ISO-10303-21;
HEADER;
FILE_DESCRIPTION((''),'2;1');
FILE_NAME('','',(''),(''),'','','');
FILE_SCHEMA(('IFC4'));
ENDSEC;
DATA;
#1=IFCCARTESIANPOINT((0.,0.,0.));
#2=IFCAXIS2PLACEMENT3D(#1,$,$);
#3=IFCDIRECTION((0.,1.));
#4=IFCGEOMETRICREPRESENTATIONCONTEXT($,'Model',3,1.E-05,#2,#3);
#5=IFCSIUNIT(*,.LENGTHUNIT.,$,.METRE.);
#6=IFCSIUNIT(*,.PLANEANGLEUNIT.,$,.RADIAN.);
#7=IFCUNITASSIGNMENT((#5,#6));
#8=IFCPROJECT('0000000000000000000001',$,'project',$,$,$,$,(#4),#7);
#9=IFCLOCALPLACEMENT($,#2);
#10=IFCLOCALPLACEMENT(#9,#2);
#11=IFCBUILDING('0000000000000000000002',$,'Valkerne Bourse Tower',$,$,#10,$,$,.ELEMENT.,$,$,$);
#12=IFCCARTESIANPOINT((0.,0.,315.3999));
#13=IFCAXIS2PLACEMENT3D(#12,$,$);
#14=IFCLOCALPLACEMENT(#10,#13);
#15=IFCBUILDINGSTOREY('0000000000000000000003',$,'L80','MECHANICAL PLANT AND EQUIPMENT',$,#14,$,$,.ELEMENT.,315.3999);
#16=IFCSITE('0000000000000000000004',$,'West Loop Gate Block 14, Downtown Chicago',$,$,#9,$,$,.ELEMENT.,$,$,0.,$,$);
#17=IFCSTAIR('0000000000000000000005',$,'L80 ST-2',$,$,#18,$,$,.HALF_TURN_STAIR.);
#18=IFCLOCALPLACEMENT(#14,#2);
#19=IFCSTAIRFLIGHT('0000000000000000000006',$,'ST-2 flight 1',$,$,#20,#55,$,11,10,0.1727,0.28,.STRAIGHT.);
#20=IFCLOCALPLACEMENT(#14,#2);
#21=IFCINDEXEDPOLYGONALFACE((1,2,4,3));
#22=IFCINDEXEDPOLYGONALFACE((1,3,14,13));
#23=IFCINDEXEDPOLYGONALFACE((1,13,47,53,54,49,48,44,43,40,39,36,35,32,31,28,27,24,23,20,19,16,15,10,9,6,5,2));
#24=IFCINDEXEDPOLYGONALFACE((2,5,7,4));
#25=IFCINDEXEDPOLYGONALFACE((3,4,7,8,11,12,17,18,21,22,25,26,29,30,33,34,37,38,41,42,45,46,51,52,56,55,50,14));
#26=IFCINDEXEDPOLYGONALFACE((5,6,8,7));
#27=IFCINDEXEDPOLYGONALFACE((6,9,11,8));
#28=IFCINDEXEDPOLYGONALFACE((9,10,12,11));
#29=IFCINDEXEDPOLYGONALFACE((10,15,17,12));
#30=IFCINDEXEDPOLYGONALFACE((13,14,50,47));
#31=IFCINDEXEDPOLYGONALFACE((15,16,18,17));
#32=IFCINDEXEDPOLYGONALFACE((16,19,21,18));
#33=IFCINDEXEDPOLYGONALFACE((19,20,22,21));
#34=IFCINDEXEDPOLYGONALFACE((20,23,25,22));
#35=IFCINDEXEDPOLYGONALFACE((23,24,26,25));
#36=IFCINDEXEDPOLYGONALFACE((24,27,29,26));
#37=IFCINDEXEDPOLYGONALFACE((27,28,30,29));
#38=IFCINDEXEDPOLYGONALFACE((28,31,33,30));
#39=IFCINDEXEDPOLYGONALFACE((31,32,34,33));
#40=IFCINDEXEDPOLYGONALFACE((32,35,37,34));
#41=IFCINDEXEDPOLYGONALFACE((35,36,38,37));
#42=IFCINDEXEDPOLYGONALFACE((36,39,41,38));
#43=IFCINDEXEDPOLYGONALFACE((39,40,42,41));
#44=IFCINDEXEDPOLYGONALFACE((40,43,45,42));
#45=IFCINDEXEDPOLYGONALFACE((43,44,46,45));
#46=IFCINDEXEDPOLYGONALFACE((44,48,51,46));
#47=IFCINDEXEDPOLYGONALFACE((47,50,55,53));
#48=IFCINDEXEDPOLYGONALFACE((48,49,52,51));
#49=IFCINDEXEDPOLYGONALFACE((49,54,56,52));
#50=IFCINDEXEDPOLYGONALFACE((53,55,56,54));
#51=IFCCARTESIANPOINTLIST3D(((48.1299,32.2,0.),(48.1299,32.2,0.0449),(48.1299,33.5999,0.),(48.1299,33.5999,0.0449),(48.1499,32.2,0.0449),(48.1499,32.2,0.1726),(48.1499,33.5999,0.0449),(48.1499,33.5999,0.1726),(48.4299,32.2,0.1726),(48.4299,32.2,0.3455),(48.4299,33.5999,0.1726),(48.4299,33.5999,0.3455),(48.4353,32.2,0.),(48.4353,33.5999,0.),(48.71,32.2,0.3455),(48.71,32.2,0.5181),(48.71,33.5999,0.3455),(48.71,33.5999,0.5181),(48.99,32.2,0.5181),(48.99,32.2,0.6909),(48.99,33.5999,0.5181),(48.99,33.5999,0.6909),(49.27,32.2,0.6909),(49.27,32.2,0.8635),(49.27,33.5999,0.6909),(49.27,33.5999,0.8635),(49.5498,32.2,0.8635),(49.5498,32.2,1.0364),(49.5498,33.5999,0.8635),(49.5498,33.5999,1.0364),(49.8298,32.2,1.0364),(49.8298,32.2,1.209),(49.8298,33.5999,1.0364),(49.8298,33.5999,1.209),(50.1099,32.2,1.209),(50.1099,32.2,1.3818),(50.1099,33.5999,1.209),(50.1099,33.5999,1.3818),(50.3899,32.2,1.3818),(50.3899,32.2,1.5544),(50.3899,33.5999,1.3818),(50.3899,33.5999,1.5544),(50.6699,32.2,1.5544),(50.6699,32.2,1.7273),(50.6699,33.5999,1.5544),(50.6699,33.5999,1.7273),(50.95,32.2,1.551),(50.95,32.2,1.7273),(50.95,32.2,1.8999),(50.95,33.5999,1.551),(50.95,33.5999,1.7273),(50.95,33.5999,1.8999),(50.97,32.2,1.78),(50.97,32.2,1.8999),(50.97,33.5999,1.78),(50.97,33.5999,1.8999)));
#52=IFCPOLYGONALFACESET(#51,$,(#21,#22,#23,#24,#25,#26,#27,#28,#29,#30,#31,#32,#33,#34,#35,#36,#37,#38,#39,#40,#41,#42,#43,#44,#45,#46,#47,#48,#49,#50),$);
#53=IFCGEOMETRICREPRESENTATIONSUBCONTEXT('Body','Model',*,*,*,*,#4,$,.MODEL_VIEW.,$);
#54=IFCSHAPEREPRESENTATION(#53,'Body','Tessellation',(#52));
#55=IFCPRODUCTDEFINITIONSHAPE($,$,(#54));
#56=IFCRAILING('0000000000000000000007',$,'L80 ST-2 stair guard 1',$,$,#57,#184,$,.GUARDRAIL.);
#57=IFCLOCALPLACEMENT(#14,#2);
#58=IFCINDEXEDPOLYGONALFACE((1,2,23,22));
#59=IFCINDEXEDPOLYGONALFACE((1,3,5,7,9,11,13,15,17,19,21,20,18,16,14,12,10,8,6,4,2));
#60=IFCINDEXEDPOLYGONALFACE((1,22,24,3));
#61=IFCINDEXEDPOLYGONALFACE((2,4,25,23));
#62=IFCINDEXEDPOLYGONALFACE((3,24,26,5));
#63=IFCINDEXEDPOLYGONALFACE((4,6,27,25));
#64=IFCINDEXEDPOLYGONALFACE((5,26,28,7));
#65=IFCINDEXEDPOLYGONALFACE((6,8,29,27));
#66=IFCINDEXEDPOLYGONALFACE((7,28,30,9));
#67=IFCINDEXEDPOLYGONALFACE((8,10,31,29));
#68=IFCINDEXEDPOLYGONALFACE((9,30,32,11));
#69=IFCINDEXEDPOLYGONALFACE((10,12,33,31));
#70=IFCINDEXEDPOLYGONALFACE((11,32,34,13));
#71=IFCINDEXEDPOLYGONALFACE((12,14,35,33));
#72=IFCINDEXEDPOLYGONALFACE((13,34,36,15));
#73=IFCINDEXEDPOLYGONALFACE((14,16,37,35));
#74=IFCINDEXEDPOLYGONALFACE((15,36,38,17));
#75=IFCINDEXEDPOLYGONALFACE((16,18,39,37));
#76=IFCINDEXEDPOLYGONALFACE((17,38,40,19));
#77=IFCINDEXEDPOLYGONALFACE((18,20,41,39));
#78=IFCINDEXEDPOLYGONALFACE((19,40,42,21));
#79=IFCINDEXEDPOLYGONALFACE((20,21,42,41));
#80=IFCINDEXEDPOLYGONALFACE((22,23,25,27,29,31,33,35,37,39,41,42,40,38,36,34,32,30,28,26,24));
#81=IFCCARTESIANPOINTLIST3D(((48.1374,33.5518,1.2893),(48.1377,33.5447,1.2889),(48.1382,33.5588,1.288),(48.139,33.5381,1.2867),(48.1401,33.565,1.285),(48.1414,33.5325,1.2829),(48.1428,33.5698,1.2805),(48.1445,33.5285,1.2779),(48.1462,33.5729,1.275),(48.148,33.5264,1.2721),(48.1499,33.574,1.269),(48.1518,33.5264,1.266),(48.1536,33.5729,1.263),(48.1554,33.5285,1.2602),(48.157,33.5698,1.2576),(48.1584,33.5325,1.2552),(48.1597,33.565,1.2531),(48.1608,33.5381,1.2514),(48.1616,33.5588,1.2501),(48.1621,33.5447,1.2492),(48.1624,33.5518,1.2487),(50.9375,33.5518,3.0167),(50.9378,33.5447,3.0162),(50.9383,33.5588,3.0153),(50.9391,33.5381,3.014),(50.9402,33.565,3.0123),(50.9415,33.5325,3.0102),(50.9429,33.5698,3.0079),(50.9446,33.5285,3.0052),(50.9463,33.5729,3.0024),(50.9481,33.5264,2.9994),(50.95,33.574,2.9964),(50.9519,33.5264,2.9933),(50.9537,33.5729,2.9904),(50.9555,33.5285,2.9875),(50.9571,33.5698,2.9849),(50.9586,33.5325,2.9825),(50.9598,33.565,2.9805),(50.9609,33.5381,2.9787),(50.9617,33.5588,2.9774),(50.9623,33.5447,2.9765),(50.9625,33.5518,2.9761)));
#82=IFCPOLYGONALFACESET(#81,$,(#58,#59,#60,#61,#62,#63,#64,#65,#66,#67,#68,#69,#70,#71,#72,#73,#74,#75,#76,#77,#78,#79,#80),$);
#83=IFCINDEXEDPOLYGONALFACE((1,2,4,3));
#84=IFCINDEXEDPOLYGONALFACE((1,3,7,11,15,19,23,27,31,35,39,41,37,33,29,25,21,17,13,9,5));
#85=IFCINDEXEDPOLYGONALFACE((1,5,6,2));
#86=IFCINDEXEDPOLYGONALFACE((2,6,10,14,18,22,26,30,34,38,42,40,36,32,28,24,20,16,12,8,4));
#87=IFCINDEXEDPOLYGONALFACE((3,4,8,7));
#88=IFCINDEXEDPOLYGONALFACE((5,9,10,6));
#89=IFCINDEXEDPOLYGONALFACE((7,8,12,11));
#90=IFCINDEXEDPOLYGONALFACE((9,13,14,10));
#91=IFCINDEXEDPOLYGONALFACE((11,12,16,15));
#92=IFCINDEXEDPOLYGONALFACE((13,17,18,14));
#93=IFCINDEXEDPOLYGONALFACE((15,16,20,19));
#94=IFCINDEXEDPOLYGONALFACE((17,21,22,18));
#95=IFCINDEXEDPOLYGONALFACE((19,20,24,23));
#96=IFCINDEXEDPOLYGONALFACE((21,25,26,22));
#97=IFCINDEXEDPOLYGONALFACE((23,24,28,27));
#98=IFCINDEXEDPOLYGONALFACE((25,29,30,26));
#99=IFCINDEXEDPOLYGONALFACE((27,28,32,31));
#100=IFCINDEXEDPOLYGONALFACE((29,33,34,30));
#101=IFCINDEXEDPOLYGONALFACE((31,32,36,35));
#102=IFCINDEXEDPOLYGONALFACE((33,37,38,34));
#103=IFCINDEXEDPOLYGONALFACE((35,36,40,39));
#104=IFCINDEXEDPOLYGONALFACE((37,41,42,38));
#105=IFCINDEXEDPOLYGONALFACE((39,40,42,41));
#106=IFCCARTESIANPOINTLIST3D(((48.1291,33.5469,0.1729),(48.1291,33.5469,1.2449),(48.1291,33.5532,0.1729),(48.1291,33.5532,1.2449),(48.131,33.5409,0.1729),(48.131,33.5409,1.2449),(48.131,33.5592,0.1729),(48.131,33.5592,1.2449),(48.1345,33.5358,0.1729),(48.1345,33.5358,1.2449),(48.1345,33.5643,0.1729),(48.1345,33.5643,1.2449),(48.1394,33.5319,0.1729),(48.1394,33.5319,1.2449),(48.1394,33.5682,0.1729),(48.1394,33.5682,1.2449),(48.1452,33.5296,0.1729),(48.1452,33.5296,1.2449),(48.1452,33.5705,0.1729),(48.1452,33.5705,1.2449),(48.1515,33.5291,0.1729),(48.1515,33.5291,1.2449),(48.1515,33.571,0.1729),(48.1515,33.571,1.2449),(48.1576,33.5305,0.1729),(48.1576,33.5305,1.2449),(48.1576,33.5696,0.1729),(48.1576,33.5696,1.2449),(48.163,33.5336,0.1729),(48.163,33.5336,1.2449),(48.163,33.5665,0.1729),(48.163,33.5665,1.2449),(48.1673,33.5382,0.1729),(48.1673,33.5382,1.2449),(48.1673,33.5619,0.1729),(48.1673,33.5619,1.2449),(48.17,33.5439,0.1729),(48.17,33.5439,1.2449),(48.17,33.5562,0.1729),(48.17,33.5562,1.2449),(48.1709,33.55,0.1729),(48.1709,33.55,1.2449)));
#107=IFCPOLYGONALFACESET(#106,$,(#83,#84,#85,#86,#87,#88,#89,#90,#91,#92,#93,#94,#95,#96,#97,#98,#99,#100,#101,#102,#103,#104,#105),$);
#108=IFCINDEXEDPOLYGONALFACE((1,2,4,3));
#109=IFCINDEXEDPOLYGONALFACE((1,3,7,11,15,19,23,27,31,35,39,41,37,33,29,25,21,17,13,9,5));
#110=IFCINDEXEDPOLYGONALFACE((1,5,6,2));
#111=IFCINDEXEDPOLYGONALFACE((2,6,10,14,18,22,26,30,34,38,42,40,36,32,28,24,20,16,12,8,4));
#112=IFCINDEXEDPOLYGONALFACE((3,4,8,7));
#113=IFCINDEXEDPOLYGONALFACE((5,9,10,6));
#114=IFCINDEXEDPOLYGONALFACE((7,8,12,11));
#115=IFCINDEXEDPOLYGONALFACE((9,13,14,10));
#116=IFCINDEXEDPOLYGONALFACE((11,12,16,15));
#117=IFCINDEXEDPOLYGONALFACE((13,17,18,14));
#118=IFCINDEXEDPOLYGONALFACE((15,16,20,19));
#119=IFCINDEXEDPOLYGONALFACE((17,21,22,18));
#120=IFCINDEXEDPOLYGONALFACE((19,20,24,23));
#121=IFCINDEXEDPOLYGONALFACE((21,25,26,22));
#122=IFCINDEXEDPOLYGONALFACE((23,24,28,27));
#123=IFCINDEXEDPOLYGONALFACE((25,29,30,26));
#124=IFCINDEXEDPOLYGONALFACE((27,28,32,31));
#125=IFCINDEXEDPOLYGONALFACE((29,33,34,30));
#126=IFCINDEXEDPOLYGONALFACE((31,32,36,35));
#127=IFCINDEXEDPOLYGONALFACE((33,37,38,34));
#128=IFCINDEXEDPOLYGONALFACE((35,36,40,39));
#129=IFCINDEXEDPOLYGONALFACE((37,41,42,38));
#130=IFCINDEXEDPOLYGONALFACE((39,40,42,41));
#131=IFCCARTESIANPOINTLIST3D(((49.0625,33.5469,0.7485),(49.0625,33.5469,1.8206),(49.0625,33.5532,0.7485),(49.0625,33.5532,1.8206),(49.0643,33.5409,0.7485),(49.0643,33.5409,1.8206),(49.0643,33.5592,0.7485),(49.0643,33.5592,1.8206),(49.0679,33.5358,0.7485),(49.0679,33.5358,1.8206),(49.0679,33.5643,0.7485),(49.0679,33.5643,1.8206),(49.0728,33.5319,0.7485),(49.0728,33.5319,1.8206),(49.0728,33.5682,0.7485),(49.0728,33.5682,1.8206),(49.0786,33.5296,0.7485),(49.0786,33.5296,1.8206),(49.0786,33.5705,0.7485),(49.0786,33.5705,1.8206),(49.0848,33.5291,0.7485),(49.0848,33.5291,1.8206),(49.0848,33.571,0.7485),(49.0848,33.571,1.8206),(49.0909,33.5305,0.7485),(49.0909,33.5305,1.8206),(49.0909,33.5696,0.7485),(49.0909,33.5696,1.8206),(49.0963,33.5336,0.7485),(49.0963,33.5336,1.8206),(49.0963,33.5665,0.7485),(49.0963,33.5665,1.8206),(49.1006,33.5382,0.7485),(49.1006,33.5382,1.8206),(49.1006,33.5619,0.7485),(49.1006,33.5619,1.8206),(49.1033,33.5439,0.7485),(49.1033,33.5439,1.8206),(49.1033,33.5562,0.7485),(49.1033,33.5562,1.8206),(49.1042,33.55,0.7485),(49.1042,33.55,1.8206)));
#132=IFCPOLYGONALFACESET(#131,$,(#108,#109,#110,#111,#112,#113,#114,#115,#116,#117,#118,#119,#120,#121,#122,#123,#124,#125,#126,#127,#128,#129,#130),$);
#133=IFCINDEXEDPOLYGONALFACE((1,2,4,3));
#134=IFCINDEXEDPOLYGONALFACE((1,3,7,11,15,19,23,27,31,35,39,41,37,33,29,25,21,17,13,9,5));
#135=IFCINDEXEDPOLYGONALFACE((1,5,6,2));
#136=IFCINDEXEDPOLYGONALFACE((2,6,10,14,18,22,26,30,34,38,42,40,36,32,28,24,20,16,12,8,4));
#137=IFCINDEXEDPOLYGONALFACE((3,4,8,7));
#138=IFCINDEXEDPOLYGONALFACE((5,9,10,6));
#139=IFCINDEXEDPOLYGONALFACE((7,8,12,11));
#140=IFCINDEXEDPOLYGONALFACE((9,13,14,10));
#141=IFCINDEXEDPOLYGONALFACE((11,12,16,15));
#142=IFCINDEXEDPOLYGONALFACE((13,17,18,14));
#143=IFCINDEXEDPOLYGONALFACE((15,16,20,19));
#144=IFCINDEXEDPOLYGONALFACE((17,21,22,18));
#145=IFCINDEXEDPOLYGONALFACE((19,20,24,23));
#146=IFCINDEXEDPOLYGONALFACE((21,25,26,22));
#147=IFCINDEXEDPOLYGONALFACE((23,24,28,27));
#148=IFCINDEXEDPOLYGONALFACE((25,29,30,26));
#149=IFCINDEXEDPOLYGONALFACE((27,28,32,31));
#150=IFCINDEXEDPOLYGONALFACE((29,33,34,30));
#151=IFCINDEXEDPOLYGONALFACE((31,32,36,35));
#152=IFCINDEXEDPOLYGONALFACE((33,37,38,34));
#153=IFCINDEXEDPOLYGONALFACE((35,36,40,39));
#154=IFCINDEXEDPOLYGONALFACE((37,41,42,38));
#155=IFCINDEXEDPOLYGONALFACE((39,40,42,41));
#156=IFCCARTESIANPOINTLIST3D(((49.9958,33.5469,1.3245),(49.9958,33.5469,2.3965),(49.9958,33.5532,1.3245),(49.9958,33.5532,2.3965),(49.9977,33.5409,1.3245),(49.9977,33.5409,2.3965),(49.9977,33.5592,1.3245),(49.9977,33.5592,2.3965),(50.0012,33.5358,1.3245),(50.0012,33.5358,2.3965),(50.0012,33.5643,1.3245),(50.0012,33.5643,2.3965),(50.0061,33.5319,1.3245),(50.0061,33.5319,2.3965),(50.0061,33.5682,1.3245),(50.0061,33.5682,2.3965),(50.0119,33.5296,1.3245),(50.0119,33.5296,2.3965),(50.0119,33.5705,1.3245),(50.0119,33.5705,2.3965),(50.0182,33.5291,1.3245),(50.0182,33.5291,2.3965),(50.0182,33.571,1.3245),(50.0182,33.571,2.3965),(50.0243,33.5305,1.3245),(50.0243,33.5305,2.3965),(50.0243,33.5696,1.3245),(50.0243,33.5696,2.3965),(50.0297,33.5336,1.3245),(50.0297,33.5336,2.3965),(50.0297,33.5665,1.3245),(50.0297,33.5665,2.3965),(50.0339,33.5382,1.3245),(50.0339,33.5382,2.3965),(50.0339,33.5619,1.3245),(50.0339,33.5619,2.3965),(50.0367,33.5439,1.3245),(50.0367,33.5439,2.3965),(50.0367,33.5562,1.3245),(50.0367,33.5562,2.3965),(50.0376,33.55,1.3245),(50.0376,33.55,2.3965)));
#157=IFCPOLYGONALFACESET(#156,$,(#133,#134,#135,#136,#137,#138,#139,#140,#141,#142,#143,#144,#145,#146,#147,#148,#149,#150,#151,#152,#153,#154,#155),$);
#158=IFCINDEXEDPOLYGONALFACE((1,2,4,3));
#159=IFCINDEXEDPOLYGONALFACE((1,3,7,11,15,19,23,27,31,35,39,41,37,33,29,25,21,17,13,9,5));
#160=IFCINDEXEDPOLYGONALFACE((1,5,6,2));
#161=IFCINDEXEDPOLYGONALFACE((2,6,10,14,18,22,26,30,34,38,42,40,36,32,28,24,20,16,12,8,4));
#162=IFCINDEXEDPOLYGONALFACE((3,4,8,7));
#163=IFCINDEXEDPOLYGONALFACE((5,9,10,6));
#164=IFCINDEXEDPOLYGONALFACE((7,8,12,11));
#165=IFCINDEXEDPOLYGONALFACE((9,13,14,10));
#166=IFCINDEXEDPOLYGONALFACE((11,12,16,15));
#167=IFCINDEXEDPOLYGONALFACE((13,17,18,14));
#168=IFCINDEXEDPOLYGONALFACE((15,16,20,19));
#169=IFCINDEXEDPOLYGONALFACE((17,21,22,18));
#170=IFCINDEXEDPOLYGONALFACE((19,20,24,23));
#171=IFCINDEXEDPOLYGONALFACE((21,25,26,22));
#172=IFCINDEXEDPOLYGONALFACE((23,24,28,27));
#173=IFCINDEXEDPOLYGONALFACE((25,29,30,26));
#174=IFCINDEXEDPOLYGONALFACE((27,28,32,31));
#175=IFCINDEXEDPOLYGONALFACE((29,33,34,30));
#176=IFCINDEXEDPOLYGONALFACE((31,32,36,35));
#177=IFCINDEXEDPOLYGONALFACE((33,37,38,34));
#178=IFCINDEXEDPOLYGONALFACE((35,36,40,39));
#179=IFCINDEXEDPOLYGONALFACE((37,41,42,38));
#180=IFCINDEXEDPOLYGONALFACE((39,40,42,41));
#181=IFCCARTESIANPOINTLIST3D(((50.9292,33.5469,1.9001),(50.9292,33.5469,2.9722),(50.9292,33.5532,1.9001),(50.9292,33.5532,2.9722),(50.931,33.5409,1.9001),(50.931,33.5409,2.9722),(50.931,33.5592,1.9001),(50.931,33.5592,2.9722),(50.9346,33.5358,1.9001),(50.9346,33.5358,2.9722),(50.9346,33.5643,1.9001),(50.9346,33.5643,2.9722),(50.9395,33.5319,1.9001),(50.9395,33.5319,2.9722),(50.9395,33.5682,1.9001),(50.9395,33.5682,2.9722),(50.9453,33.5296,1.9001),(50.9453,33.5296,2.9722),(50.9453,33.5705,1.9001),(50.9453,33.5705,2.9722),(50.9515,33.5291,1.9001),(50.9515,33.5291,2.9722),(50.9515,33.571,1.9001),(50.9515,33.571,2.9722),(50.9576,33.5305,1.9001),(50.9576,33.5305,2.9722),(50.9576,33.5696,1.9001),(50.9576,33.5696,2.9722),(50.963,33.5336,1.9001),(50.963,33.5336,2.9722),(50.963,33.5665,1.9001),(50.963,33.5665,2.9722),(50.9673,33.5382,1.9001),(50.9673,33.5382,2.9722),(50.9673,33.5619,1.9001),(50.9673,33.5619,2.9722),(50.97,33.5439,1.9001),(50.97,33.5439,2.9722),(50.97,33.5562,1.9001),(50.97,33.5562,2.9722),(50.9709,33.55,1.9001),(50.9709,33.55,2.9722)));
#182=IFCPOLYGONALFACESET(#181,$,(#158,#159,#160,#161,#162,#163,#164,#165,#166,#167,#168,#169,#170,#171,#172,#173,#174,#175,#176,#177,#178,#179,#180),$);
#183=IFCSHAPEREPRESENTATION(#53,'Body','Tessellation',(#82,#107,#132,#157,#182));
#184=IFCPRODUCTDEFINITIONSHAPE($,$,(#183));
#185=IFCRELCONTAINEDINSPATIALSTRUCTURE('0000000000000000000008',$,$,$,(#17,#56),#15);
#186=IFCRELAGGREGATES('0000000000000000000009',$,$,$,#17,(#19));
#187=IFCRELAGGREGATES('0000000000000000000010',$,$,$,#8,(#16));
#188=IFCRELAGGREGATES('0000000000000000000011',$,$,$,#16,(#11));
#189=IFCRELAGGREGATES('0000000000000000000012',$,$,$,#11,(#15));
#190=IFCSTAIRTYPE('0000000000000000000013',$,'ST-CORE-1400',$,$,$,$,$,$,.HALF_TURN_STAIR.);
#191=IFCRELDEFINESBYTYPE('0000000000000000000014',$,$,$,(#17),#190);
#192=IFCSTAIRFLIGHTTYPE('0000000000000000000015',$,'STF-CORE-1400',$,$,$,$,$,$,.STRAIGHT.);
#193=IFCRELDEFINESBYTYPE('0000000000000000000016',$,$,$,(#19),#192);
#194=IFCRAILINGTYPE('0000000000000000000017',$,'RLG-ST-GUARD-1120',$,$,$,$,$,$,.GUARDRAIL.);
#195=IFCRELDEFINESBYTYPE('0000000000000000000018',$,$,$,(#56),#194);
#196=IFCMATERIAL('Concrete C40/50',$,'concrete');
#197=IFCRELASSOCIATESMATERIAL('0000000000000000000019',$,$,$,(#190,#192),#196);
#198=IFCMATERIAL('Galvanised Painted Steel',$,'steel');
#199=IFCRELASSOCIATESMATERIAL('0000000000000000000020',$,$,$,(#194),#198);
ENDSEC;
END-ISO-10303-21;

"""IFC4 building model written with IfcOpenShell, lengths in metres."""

from ifc_helpers import new_model, si_unit, direction, frame, origin, origin_2d, place, context, subcontext, project, spatial, polyline, circle, outline, extrude, material, type_object, element, aggregate, save


model = new_model("IFC4")

# Units and contexts
model_context = context("Model", 3, precision=1e-05, world=origin(), true_north=direction((0.0, 1.0)))
body_context = subcontext(model_context, "Body", "Model", "MODEL_VIEW")
ifc_project = project(units=[si_unit("LENGTHUNIT", "METRE"), si_unit("PLANEANGLEUNIT", "RADIAN")], contexts=[model_context])

# Site, building, storey
site_placement = place(None, origin())
site = spatial("IfcSite", under=ifc_project, at=site_placement, Name="West Loop Gate Block 14, Downtown Chicago", CompositionType="ELEMENT", RefElevation=0.0)
building_placement = place(site_placement, origin())
building = spatial("IfcBuilding", under=site, at=building_placement, Name="Valkerne Bourse Tower", CompositionType="ELEMENT")
storey_placement = place(building_placement, frame((0.0, 0.0, 315.3999)))
storey = spatial("IfcBuildingStorey", under=building, at=storey_placement, Name="L80", Description="MECHANICAL PLANT AND EQUIPMENT", CompositionType="ELEMENT", Elevation=315.3999)

# Shared definitions
ifc_material_1 = material(Name="Concrete C40/50", Category="concrete")

# Stair, stair flight
stair_type = type_object("IfcStairType", Name="ST-CORE-1400", PredefinedType="HALF_TURN_STAIR", material=ifc_material_1)
stair_placement = place(storey_placement, origin())
stair = element("IfcStair", 1, at=stair_placement, inside=storey, type_object=stair_type, Name="L80 ST-2", PredefinedType="HALF_TURN_STAIR")
stair_flight_type = type_object("IfcStairFlightType", Name="STF-CORE-1400", PredefinedType="STRAIGHT", material=ifc_material_1)
stair_flight_placement = place(storey_placement, frame((48.1499, 32.8999, 0.0), z_axis=(0.0, 0.0, 1.0), x_axis=(1.0, 0.0, 0.0)))
stair_flight = element("IfcStairFlight", 2, at=stair_flight_placement, type_object=stair_flight_type, Name="ST-2 flight 1", NumberOfRisers=11, NumberOfTreads=10, PredefinedType="STRAIGHT", RiserHeight=0.1727, TreadLength=0.28, context=body_context, shape_type="SweptSolid", body=[
    extrude(outline(polyline([(-0.02, 0.0), (-0.02, 0.0449), (0.0, 0.0449), (0.0, 0.1726), (0.28, 0.1726), (0.28, 0.3455), (0.5601, 0.3455), (0.5601, 0.5181), (0.8401, 0.5181), (0.8401, 0.6909), (1.1201, 0.6909), (1.1201, 0.8635), (1.3999, 0.8635), (1.3999, 1.0364), (1.6799, 1.0364), (1.6799, 1.209), (1.96, 1.209), (1.96, 1.3818), (2.24, 1.3818), (2.24, 1.5544), (2.52, 1.5544), (2.52, 1.7273), (2.8, 1.7273), (2.8, 1.8999), (2.8201, 1.8999), (2.8201, 1.78), (2.8, 1.551), (0.2854, 0.0), (-0.02, 0.0)])), frame((0.0, 0.7, 0.0), z_axis=(0.0, -1.0, 0.0), x_axis=(1.0, 0.0, 0.0)), (0.0, 0.0, 1.0), 1.3999),
])
aggregate(stair, [stair_flight])

# Railing
ifc_material_2 = material(Name="Galvanised Painted Steel", Category="steel")
railing_type_1 = type_object("IfcRailingType", Name="RLG-ST-GUARD-1120", PredefinedType="GUARDRAIL", material=ifc_material_2)
railing_1_placement = place(storey_placement, frame((48.1499, 33.55, 0.1729)))
element("IfcRailing", 3, at=railing_1_placement, inside=storey, type_object=railing_type_1, Name="L80 ST-2 stair guard 1", PredefinedType="GUARDRAIL", context=body_context, shape_type="SweptSolid", body=[
    extrude(circle(Radius=0.0239, at=origin_2d()), frame((0.0, 0.0, 1.0962), z_axis=(0.85109, 0.0, 0.52502), x_axis=(0.0, 1.0, 0.0)), (0.0, 0.0, 1.0), 3.29),
    extrude(circle(Radius=0.021, at=origin_2d()), origin(), (0.0, 0.0, 1.0), 1.072),
    extrude(circle(Radius=0.021, at=origin_2d()), frame((0.9333, 0.0, 0.5757)), (0.0, 0.0, 1.0), 1.072),
    extrude(circle(Radius=0.021, at=origin_2d()), frame((1.8667, 0.0, 1.1516)), (0.0, 0.0, 1.0), 1.072),
    extrude(circle(Radius=0.021, at=origin_2d()), frame((2.8, 0.0, 1.7273)), (0.0, 0.0, 1.0), 1.072),
])

save(model, "model.ifc")
